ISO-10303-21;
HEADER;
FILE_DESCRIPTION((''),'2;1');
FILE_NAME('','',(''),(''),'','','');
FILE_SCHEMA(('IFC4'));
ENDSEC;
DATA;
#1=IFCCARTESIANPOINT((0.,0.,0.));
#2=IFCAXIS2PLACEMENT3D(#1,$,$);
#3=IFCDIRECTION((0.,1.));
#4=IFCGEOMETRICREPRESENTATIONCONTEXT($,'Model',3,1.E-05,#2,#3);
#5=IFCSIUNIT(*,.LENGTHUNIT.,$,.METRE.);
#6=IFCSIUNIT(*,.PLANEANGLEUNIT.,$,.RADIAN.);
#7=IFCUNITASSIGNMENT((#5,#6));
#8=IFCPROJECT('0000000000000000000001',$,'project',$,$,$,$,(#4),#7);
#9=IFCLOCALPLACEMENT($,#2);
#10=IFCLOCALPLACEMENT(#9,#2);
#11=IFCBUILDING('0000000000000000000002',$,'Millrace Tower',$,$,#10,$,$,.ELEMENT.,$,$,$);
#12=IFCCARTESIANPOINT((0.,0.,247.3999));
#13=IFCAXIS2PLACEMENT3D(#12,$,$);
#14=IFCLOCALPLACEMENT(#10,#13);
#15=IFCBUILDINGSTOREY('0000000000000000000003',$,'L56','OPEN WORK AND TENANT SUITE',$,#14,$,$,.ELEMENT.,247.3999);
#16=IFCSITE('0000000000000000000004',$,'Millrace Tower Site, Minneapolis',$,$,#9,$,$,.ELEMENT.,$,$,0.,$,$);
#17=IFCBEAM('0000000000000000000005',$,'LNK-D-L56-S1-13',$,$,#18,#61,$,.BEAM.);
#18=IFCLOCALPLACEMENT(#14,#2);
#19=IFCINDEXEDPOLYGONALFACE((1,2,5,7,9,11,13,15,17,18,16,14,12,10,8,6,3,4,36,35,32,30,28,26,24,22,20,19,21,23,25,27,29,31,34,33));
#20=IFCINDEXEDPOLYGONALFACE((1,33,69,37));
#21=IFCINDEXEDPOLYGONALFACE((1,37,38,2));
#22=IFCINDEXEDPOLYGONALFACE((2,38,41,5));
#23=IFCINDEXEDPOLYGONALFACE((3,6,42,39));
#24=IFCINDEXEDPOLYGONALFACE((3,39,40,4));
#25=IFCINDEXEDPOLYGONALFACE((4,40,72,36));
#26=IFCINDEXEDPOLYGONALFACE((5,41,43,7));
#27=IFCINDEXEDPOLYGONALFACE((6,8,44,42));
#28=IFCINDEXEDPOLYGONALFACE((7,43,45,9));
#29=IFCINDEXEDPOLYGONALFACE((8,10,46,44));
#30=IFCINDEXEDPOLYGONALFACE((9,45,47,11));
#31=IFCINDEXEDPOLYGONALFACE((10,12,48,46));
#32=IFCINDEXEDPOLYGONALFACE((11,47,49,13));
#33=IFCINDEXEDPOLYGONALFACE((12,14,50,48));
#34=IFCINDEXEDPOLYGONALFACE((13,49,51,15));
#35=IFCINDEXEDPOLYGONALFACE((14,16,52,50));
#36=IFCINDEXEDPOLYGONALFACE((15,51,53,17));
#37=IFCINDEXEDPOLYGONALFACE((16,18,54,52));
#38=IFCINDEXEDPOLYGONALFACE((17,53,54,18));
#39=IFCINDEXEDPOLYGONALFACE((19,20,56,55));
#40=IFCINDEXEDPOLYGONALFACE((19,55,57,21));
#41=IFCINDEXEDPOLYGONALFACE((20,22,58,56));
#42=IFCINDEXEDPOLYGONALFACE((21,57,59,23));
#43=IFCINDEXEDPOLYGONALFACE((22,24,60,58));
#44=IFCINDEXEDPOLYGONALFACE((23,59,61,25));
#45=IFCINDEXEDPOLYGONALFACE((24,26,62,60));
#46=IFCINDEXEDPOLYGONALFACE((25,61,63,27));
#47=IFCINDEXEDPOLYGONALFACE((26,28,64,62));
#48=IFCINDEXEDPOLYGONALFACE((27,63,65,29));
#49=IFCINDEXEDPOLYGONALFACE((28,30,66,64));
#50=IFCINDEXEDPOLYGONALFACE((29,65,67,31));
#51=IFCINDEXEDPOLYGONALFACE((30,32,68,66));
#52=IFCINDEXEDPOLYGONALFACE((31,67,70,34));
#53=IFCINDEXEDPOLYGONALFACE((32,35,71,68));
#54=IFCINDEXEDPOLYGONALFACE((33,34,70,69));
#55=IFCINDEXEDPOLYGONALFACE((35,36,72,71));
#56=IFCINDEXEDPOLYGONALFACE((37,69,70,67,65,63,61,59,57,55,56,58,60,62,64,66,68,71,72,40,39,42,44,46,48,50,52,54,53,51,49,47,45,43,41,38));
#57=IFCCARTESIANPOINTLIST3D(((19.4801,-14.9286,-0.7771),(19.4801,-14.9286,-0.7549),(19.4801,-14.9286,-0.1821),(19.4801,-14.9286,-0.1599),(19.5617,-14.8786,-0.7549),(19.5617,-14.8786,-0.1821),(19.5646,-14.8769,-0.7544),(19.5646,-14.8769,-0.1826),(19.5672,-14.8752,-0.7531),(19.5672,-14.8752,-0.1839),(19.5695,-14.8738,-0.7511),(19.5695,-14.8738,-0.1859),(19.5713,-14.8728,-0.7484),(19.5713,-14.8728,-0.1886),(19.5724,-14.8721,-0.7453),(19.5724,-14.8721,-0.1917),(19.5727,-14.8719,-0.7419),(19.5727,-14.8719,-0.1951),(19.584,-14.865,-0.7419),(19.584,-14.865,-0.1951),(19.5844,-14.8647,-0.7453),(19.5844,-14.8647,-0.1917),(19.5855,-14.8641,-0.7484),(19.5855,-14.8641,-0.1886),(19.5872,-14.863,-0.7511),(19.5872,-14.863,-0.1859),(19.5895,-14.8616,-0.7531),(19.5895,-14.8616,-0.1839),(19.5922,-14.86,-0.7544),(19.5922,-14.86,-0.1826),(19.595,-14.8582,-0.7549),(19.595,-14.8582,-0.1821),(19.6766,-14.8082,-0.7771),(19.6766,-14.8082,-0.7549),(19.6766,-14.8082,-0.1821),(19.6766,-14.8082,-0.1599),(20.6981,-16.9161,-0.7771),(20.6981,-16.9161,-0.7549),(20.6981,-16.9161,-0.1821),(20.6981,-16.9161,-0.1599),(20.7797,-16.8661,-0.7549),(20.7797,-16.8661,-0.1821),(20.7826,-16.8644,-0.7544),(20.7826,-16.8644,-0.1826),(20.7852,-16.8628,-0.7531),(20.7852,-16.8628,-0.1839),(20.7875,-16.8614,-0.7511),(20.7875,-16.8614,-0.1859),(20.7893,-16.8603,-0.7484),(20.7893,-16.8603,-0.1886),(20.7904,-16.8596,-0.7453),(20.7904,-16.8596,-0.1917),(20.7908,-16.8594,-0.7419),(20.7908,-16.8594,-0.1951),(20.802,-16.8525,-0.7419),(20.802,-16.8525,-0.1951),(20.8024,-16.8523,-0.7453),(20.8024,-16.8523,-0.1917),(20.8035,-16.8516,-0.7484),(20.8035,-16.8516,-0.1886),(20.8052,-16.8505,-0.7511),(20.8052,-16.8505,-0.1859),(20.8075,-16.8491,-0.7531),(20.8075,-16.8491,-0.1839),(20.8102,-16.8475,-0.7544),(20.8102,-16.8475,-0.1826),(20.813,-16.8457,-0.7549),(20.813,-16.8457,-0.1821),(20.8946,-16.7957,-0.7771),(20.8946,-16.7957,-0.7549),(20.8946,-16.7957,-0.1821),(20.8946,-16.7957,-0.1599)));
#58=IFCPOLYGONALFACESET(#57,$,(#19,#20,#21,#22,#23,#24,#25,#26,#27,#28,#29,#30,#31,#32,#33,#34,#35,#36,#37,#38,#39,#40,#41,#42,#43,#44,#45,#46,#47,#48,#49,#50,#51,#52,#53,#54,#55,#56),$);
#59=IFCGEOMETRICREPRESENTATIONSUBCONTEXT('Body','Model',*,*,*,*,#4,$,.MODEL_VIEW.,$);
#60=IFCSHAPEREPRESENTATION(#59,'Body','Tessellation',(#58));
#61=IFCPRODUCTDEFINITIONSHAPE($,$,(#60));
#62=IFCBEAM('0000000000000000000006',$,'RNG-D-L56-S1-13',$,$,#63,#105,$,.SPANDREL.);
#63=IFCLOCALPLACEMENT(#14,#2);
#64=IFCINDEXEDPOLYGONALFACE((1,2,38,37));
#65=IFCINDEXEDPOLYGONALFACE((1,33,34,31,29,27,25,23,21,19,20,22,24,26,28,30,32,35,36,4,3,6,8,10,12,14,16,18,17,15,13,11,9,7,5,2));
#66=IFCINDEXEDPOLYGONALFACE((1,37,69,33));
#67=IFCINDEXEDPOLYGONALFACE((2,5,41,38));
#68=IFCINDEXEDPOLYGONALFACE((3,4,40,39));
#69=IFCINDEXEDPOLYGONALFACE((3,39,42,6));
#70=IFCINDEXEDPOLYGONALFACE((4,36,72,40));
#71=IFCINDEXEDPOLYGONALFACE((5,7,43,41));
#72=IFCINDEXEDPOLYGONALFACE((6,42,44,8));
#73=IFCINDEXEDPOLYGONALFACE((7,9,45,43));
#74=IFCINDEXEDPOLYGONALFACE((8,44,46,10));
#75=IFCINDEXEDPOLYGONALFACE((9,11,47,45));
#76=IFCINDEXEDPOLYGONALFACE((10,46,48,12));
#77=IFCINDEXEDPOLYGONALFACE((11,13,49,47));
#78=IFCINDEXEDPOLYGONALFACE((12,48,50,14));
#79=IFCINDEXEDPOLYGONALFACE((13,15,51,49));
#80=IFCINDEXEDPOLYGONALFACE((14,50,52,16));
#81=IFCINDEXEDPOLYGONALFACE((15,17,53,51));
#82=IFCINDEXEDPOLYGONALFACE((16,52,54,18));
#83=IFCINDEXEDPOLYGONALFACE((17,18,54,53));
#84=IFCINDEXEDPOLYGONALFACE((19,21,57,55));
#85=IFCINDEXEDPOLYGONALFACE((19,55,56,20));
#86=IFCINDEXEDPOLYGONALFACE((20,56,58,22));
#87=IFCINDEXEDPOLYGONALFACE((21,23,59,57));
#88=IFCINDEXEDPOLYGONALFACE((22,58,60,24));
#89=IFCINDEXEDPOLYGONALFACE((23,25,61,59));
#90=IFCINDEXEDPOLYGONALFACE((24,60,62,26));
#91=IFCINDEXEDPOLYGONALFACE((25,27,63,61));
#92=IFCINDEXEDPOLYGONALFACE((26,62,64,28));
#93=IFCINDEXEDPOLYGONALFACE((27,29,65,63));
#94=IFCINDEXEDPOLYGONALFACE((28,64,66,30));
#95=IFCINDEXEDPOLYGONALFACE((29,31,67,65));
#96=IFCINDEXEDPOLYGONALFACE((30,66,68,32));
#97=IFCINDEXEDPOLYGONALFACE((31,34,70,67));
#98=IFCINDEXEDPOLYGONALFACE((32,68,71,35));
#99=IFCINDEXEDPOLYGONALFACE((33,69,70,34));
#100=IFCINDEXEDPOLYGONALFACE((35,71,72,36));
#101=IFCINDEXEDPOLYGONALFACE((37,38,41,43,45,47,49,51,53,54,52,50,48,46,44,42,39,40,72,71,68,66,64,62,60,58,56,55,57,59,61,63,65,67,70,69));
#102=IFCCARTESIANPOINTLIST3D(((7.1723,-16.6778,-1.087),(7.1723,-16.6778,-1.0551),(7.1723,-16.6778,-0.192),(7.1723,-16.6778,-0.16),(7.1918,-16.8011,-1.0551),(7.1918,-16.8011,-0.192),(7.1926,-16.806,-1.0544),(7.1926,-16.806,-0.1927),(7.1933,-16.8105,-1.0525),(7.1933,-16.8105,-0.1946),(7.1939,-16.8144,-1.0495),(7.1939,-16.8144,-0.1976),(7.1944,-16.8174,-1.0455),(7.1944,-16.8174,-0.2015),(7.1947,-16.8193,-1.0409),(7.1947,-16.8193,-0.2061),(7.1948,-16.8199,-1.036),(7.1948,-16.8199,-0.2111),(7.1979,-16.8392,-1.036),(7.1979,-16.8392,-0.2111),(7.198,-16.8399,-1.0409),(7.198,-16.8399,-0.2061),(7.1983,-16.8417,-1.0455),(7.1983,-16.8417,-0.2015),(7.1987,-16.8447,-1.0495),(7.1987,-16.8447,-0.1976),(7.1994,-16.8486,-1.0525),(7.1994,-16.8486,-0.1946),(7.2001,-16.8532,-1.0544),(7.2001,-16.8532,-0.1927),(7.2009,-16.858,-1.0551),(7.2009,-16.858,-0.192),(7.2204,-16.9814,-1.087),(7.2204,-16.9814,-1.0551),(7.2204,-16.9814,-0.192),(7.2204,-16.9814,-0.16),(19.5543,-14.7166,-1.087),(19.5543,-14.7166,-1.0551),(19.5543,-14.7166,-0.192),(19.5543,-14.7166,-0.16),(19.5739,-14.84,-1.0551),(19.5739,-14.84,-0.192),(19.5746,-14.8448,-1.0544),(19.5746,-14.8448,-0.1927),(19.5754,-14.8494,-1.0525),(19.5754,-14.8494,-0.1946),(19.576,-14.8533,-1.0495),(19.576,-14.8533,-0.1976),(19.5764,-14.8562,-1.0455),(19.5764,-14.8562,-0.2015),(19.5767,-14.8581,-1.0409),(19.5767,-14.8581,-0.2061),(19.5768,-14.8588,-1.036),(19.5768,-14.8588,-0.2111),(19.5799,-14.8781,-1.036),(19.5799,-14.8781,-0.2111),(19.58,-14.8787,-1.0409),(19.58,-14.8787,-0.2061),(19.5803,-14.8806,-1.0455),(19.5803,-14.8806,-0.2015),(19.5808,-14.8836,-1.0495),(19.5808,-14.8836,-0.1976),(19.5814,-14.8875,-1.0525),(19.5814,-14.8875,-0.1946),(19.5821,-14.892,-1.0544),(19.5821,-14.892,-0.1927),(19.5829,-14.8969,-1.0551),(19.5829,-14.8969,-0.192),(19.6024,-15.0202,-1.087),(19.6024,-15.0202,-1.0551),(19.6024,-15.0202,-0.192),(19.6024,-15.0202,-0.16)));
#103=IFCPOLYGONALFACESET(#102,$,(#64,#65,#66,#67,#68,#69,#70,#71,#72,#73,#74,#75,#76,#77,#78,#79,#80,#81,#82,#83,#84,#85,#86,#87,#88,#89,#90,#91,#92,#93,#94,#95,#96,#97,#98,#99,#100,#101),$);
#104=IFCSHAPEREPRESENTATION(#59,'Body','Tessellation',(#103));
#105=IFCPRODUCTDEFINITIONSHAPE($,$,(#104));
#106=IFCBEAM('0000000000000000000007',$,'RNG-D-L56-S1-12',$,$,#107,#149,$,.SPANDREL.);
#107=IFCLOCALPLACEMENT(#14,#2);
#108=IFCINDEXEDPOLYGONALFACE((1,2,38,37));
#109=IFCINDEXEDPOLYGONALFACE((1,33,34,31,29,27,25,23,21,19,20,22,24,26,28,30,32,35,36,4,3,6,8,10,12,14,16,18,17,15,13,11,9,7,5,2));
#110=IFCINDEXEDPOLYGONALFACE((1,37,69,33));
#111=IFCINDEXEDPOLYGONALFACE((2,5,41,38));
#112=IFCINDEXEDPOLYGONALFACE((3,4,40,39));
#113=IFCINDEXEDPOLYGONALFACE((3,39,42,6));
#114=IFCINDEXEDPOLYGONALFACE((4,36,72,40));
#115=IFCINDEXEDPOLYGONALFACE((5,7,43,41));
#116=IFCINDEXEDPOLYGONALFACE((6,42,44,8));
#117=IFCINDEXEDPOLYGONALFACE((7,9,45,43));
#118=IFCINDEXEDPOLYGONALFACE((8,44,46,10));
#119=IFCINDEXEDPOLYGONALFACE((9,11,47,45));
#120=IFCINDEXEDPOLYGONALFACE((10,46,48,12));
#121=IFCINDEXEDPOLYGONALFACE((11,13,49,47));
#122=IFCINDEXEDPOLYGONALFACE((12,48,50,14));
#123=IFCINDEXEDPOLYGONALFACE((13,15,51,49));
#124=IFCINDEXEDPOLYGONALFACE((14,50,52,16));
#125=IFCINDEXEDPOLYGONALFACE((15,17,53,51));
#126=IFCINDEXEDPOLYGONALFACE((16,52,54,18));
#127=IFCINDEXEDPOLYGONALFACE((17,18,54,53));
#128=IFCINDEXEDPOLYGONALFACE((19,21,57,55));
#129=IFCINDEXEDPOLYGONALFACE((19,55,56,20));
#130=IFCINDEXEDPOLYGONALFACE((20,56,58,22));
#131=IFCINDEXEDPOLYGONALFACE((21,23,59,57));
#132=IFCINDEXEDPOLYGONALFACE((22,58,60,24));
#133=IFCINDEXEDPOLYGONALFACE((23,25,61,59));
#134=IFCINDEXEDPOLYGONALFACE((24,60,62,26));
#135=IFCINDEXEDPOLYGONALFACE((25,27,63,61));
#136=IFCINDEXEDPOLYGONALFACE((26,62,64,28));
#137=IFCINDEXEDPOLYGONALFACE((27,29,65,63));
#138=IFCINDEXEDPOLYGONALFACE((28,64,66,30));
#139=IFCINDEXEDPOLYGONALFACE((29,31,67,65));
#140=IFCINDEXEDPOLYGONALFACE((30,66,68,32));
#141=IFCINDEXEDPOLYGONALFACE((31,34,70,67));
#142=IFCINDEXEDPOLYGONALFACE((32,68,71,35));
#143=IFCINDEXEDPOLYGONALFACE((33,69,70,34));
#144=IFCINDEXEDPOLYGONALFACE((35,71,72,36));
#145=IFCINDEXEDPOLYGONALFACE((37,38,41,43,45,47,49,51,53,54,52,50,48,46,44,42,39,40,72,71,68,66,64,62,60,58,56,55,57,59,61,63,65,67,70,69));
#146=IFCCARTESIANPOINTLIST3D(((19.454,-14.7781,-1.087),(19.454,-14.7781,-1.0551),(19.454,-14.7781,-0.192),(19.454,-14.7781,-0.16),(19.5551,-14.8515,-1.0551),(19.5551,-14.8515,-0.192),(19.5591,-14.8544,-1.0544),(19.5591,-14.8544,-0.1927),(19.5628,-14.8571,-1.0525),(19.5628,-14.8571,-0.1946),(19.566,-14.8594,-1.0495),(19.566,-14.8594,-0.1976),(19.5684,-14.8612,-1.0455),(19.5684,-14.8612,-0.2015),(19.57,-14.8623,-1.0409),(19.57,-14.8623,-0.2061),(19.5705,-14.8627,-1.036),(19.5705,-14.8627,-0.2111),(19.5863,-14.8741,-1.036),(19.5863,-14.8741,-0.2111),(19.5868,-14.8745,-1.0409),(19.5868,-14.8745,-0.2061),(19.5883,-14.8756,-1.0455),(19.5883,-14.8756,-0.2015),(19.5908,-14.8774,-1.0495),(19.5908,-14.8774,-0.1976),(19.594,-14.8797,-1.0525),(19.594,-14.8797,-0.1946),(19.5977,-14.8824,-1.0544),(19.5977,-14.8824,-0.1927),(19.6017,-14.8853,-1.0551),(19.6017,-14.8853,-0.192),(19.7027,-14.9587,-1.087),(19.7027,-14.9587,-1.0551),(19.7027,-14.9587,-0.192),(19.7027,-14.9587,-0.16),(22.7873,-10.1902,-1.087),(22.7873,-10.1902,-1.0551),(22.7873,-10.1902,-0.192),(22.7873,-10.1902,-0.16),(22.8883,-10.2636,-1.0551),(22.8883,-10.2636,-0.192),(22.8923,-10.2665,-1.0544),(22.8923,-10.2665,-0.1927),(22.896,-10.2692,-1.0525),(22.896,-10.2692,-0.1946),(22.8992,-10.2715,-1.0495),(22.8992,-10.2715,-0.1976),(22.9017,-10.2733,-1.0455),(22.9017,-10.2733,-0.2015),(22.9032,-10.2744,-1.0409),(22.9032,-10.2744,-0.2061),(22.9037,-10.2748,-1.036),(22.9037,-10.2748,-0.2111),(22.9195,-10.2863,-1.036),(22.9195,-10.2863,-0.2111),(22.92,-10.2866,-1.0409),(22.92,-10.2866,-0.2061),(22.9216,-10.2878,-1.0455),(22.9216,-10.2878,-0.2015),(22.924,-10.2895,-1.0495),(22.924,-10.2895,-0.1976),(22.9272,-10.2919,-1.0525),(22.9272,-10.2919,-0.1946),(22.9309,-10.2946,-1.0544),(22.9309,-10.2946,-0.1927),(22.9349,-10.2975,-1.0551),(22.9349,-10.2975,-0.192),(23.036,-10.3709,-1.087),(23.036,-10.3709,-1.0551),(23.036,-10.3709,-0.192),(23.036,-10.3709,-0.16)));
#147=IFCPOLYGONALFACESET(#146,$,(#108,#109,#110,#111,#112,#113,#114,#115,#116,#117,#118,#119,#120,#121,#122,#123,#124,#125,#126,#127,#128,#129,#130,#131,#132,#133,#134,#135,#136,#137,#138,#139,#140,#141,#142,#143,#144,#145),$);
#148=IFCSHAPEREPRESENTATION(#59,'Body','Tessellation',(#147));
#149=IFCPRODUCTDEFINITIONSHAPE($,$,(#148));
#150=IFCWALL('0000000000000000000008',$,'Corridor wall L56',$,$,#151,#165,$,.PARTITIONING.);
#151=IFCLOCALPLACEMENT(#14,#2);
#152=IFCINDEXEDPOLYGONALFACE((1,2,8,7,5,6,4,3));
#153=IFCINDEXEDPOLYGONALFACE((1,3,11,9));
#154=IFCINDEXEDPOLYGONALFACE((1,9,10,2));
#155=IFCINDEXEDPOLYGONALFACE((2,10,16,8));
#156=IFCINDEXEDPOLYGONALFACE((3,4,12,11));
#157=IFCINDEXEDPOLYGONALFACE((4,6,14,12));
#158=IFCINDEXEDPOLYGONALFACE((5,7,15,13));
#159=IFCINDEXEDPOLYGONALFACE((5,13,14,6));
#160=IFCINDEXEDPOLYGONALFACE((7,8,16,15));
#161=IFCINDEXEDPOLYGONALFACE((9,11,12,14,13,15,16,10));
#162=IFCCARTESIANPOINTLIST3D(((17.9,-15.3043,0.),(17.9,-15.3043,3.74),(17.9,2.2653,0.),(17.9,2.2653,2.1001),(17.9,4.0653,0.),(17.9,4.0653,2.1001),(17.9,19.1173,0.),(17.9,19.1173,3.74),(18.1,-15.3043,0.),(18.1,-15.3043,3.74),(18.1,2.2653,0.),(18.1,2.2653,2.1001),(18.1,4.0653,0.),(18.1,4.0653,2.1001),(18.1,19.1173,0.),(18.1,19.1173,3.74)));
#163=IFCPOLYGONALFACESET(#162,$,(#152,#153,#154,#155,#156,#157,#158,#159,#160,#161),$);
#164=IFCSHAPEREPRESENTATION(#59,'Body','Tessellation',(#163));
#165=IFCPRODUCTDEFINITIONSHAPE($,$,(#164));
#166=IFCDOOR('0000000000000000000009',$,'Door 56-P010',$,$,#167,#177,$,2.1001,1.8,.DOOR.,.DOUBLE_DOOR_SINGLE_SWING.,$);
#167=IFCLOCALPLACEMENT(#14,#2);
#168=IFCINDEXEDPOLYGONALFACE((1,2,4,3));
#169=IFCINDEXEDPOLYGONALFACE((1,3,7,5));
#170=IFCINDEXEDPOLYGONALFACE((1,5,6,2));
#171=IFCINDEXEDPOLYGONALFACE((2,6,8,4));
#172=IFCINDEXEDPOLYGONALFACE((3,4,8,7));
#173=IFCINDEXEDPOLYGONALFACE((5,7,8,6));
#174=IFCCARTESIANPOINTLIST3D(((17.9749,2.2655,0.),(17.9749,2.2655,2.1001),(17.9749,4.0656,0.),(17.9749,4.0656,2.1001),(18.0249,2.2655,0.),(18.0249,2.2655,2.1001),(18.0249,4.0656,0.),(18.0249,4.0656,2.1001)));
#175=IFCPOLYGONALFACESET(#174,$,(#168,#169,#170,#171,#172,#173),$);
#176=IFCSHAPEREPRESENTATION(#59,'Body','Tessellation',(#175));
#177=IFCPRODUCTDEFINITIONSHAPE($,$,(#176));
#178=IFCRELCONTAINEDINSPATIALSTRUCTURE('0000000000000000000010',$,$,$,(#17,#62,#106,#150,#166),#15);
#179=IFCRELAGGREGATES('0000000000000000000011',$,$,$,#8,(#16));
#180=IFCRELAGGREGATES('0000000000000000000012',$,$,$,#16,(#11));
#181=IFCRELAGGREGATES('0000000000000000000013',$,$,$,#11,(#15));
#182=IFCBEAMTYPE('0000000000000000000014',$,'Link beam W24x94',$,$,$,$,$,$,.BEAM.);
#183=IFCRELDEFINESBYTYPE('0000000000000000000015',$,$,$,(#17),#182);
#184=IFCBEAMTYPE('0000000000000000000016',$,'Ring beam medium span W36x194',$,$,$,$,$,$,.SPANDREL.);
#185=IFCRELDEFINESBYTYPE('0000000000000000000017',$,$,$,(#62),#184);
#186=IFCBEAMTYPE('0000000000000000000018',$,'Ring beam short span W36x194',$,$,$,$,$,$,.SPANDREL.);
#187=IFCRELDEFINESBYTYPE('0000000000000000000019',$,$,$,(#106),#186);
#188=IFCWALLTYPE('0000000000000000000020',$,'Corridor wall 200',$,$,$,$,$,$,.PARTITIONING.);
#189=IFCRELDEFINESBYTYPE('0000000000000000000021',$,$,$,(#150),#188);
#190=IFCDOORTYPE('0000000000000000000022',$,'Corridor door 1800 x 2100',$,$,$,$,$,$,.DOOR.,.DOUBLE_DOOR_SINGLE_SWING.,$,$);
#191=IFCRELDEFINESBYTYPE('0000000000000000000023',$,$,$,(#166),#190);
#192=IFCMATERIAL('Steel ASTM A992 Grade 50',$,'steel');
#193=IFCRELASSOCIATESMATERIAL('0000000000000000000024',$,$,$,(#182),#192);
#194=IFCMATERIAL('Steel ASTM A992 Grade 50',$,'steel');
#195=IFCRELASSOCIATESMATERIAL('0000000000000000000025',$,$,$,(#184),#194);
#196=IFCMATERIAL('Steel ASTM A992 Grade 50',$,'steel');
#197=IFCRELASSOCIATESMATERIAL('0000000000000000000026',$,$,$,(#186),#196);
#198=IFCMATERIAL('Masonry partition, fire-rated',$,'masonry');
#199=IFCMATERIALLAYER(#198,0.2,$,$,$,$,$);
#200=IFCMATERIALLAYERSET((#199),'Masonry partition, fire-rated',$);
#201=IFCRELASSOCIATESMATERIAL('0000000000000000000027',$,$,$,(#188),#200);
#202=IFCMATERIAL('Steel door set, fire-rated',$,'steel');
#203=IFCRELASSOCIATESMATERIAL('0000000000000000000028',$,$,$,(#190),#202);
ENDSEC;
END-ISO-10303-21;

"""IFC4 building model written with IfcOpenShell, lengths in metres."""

from ifc_helpers import new_model, si_unit, direction, frame, frame_2d, origin, origin_2d, place, context, subcontext, project, spatial, rectangle, i_section, extrude, material, layer, layer_set, material_profile, profile_set, type_object, element, fill, save


model = new_model("IFC4")

# Units and contexts
model_context = context("Model", 3, precision=1e-05, world=origin(), true_north=direction((0.0, 1.0)))
body_context = subcontext(model_context, "Body", "Model", "MODEL_VIEW")
ifc_project = project(units=[si_unit("LENGTHUNIT", "METRE"), si_unit("PLANEANGLEUNIT", "RADIAN")], contexts=[model_context])

# Site, building, storey
site_placement = place(None, origin())
site = spatial("IfcSite", under=ifc_project, at=site_placement, Name="Millrace Tower Site, Minneapolis", CompositionType="ELEMENT", RefElevation=0.0)
building_placement = place(site_placement, origin())
building = spatial("IfcBuilding", under=site, at=building_placement, Name="Millrace Tower", CompositionType="ELEMENT")
storey_placement = place(building_placement, frame((0.0, 0.0, 247.3999)))
storey = spatial("IfcBuildingStorey", under=building, at=storey_placement, Name="L56", Description="OPEN WORK AND TENANT SUITE", CompositionType="ELEMENT", Elevation=247.3999)

# Beams
ifc_material_1 = material(Name="Steel ASTM A992 Grade 50", Category="steel")
ifc_material_profile_1 = material_profile(ifc_material_1, i_section(OverallWidth=0.2305, OverallDepth=0.6172, WebThickness=0.0132, FlangeThickness=0.0222, FilletRadius=0.0129, at=origin_2d()))
ifc_profile_set_1 = profile_set([ifc_material_profile_1], Name="Steel ASTM A992 Grade 50")
beam_type_1 = type_object("IfcBeamType", Name="Link beam W24x94", PredefinedType="BEAM", material=ifc_profile_set_1)
beam_1_placement = place(storey_placement, frame((19.5784, -14.8684, -0.4685), z_axis=(0.522513, -0.852631, 0.0), x_axis=(0.852631, 0.522513, 0.0)))
element("IfcBeam", 1, at=beam_1_placement, inside=storey, type_object=beam_type_1, Name="LNK-D-L56-S1-13", PredefinedType="BEAM", context=body_context, shape_type="SweptSolid", body=[
    extrude(i_section(OverallWidth=0.2305, OverallDepth=0.6172, WebThickness=0.0132, FlangeThickness=0.0222, FilletRadius=0.0129, at=origin_2d()), origin(), (0.0, 0.0, 1.0), 2.3311),
])
ifc_material_2 = material(Name="Steel ASTM A992 Grade 50", Category="steel")
ifc_material_profile_2 = material_profile(ifc_material_2, i_section(OverallWidth=0.3074, OverallDepth=0.927, WebThickness=0.0195, FlangeThickness=0.032, FilletRadius=0.019, at=origin_2d()))
ifc_profile_set_2 = profile_set([ifc_material_profile_2], Name="Steel ASTM A992 Grade 50")
beam_type_2 = type_object("IfcBeamType", Name="Ring beam medium span W36x194", PredefinedType="SPANDREL", material=ifc_profile_set_2)
beam_2_placement = place(storey_placement, frame((19.5784, -14.8684, -0.6235), z_axis=(-0.987688, -0.156439, 0.0), x_axis=(0.156439, -0.987688, 0.0)))
element("IfcBeam", 2, at=beam_2_placement, inside=storey, type_object=beam_type_2, Name="RNG-D-L56-S1-13", PredefinedType="SPANDREL", context=body_context, shape_type="SweptSolid", body=[
    extrude(i_section(OverallWidth=0.3074, OverallDepth=0.927, WebThickness=0.0195, FlangeThickness=0.032, FilletRadius=0.019, at=origin_2d()), origin(), (0.0, 0.0, 1.0), 12.5364),
])
ifc_material_3 = material(Name="Steel ASTM A992 Grade 50", Category="steel")
ifc_material_profile_3 = material_profile(ifc_material_3, i_section(OverallWidth=0.3074, OverallDepth=0.927, WebThickness=0.0195, FlangeThickness=0.032, FilletRadius=0.019, at=origin_2d()))
ifc_profile_set_3 = profile_set([ifc_material_profile_3], Name="Steel ASTM A992 Grade 50")
beam_type_3 = type_object("IfcBeamType", Name="Ring beam short span W36x194", PredefinedType="SPANDREL", material=ifc_profile_set_3)
beam_3_placement = place(storey_placement, frame((22.9116, -10.2805, -0.6235), z_axis=(-0.58778, -0.809021, 0.0), x_axis=(0.809021, -0.58778, 0.0)))
element("IfcBeam", 3, at=beam_3_placement, inside=storey, type_object=beam_type_3, Name="RNG-D-L56-S1-12", PredefinedType="SPANDREL", context=body_context, shape_type="SweptSolid", body=[
    extrude(i_section(OverallWidth=0.3074, OverallDepth=0.927, WebThickness=0.0195, FlangeThickness=0.032, FilletRadius=0.019, at=origin_2d()), origin(), (0.0, 0.0, 1.0), 5.6709),
])

# Wall, opening, door
ifc_material_4 = material(Name="Masonry partition, fire-rated", Category="masonry")
ifc_layer_1 = layer(ifc_material_4, 0.2)
ifc_layer_set_1 = layer_set([ifc_layer_1], Name="Masonry partition, fire-rated")
wall_type = type_object("IfcWallType", Name="Corridor wall 200", PredefinedType="PARTITIONING", material=ifc_layer_set_1)
wall_placement = place(storey_placement, frame((18.0, -15.3044, 0.0), z_axis=(0.0, 0.0, 1.0), x_axis=(0.0, 1.0, 0.0)))
wall = element("IfcWall", 4, at=wall_placement, inside=storey, type_object=wall_type, Name="Corridor wall L56", PredefinedType="PARTITIONING", context=body_context, shape_type="SweptSolid", body=[
    extrude(rectangle(XDim=34.4216, YDim=0.2, at=frame_2d((17.2109, 0.0))), origin(), (0.0, 0.0, 1.0), 3.74),
])
opening_placement = place(wall_placement, frame((17.5698, 0.0, 0.0)))
opening = element("IfcOpeningElement", 5, at=opening_placement, cuts=wall, PredefinedType="OPENING", context=body_context, shape_type="SweptSolid", body=[
    extrude(rectangle(XDim=1.8, YDim=2.1001, at=frame_2d((0.8999, 1.05))), frame((0.0, 0.1099, 0.0), z_axis=(0.0, -1.0, 0.0), x_axis=(1.0, 0.0, 0.0)), (0.0, 0.0, 1.0), 0.22),
])
ifc_material_5 = material(Name="Steel door set, fire-rated", Category="steel")
door_type = type_object("IfcDoorType", Name="Corridor door 1800 x 2100", OperationType="DOUBLE_DOOR_SINGLE_SWING", PredefinedType="DOOR", material=ifc_material_5)
door_placement = place(opening_placement, frame((1.8, 0.0, 0.0), z_axis=(0.0, 0.0, 1.0), x_axis=(-1.0, 0.0, 0.0)))
door = element("IfcDoor", 6, at=door_placement, inside=storey, type_object=door_type, Name="Door 56-P010", OperationType="DOUBLE_DOOR_SINGLE_SWING", OverallHeight=2.1001, OverallWidth=1.8, PredefinedType="DOOR", context=body_context, shape_type="SweptSolid", body=[
    extrude(rectangle(XDim=1.8, YDim=2.1001, at=frame_2d((0.8999, 1.05))), frame((0.0, 0.0249, 0.0), z_axis=(0.0, -1.0, 0.0), x_axis=(1.0, 0.0, 0.0)), (0.0, 0.0, 1.0), 0.05),
])
fill(opening, door)

save(model, "model.ifc")
